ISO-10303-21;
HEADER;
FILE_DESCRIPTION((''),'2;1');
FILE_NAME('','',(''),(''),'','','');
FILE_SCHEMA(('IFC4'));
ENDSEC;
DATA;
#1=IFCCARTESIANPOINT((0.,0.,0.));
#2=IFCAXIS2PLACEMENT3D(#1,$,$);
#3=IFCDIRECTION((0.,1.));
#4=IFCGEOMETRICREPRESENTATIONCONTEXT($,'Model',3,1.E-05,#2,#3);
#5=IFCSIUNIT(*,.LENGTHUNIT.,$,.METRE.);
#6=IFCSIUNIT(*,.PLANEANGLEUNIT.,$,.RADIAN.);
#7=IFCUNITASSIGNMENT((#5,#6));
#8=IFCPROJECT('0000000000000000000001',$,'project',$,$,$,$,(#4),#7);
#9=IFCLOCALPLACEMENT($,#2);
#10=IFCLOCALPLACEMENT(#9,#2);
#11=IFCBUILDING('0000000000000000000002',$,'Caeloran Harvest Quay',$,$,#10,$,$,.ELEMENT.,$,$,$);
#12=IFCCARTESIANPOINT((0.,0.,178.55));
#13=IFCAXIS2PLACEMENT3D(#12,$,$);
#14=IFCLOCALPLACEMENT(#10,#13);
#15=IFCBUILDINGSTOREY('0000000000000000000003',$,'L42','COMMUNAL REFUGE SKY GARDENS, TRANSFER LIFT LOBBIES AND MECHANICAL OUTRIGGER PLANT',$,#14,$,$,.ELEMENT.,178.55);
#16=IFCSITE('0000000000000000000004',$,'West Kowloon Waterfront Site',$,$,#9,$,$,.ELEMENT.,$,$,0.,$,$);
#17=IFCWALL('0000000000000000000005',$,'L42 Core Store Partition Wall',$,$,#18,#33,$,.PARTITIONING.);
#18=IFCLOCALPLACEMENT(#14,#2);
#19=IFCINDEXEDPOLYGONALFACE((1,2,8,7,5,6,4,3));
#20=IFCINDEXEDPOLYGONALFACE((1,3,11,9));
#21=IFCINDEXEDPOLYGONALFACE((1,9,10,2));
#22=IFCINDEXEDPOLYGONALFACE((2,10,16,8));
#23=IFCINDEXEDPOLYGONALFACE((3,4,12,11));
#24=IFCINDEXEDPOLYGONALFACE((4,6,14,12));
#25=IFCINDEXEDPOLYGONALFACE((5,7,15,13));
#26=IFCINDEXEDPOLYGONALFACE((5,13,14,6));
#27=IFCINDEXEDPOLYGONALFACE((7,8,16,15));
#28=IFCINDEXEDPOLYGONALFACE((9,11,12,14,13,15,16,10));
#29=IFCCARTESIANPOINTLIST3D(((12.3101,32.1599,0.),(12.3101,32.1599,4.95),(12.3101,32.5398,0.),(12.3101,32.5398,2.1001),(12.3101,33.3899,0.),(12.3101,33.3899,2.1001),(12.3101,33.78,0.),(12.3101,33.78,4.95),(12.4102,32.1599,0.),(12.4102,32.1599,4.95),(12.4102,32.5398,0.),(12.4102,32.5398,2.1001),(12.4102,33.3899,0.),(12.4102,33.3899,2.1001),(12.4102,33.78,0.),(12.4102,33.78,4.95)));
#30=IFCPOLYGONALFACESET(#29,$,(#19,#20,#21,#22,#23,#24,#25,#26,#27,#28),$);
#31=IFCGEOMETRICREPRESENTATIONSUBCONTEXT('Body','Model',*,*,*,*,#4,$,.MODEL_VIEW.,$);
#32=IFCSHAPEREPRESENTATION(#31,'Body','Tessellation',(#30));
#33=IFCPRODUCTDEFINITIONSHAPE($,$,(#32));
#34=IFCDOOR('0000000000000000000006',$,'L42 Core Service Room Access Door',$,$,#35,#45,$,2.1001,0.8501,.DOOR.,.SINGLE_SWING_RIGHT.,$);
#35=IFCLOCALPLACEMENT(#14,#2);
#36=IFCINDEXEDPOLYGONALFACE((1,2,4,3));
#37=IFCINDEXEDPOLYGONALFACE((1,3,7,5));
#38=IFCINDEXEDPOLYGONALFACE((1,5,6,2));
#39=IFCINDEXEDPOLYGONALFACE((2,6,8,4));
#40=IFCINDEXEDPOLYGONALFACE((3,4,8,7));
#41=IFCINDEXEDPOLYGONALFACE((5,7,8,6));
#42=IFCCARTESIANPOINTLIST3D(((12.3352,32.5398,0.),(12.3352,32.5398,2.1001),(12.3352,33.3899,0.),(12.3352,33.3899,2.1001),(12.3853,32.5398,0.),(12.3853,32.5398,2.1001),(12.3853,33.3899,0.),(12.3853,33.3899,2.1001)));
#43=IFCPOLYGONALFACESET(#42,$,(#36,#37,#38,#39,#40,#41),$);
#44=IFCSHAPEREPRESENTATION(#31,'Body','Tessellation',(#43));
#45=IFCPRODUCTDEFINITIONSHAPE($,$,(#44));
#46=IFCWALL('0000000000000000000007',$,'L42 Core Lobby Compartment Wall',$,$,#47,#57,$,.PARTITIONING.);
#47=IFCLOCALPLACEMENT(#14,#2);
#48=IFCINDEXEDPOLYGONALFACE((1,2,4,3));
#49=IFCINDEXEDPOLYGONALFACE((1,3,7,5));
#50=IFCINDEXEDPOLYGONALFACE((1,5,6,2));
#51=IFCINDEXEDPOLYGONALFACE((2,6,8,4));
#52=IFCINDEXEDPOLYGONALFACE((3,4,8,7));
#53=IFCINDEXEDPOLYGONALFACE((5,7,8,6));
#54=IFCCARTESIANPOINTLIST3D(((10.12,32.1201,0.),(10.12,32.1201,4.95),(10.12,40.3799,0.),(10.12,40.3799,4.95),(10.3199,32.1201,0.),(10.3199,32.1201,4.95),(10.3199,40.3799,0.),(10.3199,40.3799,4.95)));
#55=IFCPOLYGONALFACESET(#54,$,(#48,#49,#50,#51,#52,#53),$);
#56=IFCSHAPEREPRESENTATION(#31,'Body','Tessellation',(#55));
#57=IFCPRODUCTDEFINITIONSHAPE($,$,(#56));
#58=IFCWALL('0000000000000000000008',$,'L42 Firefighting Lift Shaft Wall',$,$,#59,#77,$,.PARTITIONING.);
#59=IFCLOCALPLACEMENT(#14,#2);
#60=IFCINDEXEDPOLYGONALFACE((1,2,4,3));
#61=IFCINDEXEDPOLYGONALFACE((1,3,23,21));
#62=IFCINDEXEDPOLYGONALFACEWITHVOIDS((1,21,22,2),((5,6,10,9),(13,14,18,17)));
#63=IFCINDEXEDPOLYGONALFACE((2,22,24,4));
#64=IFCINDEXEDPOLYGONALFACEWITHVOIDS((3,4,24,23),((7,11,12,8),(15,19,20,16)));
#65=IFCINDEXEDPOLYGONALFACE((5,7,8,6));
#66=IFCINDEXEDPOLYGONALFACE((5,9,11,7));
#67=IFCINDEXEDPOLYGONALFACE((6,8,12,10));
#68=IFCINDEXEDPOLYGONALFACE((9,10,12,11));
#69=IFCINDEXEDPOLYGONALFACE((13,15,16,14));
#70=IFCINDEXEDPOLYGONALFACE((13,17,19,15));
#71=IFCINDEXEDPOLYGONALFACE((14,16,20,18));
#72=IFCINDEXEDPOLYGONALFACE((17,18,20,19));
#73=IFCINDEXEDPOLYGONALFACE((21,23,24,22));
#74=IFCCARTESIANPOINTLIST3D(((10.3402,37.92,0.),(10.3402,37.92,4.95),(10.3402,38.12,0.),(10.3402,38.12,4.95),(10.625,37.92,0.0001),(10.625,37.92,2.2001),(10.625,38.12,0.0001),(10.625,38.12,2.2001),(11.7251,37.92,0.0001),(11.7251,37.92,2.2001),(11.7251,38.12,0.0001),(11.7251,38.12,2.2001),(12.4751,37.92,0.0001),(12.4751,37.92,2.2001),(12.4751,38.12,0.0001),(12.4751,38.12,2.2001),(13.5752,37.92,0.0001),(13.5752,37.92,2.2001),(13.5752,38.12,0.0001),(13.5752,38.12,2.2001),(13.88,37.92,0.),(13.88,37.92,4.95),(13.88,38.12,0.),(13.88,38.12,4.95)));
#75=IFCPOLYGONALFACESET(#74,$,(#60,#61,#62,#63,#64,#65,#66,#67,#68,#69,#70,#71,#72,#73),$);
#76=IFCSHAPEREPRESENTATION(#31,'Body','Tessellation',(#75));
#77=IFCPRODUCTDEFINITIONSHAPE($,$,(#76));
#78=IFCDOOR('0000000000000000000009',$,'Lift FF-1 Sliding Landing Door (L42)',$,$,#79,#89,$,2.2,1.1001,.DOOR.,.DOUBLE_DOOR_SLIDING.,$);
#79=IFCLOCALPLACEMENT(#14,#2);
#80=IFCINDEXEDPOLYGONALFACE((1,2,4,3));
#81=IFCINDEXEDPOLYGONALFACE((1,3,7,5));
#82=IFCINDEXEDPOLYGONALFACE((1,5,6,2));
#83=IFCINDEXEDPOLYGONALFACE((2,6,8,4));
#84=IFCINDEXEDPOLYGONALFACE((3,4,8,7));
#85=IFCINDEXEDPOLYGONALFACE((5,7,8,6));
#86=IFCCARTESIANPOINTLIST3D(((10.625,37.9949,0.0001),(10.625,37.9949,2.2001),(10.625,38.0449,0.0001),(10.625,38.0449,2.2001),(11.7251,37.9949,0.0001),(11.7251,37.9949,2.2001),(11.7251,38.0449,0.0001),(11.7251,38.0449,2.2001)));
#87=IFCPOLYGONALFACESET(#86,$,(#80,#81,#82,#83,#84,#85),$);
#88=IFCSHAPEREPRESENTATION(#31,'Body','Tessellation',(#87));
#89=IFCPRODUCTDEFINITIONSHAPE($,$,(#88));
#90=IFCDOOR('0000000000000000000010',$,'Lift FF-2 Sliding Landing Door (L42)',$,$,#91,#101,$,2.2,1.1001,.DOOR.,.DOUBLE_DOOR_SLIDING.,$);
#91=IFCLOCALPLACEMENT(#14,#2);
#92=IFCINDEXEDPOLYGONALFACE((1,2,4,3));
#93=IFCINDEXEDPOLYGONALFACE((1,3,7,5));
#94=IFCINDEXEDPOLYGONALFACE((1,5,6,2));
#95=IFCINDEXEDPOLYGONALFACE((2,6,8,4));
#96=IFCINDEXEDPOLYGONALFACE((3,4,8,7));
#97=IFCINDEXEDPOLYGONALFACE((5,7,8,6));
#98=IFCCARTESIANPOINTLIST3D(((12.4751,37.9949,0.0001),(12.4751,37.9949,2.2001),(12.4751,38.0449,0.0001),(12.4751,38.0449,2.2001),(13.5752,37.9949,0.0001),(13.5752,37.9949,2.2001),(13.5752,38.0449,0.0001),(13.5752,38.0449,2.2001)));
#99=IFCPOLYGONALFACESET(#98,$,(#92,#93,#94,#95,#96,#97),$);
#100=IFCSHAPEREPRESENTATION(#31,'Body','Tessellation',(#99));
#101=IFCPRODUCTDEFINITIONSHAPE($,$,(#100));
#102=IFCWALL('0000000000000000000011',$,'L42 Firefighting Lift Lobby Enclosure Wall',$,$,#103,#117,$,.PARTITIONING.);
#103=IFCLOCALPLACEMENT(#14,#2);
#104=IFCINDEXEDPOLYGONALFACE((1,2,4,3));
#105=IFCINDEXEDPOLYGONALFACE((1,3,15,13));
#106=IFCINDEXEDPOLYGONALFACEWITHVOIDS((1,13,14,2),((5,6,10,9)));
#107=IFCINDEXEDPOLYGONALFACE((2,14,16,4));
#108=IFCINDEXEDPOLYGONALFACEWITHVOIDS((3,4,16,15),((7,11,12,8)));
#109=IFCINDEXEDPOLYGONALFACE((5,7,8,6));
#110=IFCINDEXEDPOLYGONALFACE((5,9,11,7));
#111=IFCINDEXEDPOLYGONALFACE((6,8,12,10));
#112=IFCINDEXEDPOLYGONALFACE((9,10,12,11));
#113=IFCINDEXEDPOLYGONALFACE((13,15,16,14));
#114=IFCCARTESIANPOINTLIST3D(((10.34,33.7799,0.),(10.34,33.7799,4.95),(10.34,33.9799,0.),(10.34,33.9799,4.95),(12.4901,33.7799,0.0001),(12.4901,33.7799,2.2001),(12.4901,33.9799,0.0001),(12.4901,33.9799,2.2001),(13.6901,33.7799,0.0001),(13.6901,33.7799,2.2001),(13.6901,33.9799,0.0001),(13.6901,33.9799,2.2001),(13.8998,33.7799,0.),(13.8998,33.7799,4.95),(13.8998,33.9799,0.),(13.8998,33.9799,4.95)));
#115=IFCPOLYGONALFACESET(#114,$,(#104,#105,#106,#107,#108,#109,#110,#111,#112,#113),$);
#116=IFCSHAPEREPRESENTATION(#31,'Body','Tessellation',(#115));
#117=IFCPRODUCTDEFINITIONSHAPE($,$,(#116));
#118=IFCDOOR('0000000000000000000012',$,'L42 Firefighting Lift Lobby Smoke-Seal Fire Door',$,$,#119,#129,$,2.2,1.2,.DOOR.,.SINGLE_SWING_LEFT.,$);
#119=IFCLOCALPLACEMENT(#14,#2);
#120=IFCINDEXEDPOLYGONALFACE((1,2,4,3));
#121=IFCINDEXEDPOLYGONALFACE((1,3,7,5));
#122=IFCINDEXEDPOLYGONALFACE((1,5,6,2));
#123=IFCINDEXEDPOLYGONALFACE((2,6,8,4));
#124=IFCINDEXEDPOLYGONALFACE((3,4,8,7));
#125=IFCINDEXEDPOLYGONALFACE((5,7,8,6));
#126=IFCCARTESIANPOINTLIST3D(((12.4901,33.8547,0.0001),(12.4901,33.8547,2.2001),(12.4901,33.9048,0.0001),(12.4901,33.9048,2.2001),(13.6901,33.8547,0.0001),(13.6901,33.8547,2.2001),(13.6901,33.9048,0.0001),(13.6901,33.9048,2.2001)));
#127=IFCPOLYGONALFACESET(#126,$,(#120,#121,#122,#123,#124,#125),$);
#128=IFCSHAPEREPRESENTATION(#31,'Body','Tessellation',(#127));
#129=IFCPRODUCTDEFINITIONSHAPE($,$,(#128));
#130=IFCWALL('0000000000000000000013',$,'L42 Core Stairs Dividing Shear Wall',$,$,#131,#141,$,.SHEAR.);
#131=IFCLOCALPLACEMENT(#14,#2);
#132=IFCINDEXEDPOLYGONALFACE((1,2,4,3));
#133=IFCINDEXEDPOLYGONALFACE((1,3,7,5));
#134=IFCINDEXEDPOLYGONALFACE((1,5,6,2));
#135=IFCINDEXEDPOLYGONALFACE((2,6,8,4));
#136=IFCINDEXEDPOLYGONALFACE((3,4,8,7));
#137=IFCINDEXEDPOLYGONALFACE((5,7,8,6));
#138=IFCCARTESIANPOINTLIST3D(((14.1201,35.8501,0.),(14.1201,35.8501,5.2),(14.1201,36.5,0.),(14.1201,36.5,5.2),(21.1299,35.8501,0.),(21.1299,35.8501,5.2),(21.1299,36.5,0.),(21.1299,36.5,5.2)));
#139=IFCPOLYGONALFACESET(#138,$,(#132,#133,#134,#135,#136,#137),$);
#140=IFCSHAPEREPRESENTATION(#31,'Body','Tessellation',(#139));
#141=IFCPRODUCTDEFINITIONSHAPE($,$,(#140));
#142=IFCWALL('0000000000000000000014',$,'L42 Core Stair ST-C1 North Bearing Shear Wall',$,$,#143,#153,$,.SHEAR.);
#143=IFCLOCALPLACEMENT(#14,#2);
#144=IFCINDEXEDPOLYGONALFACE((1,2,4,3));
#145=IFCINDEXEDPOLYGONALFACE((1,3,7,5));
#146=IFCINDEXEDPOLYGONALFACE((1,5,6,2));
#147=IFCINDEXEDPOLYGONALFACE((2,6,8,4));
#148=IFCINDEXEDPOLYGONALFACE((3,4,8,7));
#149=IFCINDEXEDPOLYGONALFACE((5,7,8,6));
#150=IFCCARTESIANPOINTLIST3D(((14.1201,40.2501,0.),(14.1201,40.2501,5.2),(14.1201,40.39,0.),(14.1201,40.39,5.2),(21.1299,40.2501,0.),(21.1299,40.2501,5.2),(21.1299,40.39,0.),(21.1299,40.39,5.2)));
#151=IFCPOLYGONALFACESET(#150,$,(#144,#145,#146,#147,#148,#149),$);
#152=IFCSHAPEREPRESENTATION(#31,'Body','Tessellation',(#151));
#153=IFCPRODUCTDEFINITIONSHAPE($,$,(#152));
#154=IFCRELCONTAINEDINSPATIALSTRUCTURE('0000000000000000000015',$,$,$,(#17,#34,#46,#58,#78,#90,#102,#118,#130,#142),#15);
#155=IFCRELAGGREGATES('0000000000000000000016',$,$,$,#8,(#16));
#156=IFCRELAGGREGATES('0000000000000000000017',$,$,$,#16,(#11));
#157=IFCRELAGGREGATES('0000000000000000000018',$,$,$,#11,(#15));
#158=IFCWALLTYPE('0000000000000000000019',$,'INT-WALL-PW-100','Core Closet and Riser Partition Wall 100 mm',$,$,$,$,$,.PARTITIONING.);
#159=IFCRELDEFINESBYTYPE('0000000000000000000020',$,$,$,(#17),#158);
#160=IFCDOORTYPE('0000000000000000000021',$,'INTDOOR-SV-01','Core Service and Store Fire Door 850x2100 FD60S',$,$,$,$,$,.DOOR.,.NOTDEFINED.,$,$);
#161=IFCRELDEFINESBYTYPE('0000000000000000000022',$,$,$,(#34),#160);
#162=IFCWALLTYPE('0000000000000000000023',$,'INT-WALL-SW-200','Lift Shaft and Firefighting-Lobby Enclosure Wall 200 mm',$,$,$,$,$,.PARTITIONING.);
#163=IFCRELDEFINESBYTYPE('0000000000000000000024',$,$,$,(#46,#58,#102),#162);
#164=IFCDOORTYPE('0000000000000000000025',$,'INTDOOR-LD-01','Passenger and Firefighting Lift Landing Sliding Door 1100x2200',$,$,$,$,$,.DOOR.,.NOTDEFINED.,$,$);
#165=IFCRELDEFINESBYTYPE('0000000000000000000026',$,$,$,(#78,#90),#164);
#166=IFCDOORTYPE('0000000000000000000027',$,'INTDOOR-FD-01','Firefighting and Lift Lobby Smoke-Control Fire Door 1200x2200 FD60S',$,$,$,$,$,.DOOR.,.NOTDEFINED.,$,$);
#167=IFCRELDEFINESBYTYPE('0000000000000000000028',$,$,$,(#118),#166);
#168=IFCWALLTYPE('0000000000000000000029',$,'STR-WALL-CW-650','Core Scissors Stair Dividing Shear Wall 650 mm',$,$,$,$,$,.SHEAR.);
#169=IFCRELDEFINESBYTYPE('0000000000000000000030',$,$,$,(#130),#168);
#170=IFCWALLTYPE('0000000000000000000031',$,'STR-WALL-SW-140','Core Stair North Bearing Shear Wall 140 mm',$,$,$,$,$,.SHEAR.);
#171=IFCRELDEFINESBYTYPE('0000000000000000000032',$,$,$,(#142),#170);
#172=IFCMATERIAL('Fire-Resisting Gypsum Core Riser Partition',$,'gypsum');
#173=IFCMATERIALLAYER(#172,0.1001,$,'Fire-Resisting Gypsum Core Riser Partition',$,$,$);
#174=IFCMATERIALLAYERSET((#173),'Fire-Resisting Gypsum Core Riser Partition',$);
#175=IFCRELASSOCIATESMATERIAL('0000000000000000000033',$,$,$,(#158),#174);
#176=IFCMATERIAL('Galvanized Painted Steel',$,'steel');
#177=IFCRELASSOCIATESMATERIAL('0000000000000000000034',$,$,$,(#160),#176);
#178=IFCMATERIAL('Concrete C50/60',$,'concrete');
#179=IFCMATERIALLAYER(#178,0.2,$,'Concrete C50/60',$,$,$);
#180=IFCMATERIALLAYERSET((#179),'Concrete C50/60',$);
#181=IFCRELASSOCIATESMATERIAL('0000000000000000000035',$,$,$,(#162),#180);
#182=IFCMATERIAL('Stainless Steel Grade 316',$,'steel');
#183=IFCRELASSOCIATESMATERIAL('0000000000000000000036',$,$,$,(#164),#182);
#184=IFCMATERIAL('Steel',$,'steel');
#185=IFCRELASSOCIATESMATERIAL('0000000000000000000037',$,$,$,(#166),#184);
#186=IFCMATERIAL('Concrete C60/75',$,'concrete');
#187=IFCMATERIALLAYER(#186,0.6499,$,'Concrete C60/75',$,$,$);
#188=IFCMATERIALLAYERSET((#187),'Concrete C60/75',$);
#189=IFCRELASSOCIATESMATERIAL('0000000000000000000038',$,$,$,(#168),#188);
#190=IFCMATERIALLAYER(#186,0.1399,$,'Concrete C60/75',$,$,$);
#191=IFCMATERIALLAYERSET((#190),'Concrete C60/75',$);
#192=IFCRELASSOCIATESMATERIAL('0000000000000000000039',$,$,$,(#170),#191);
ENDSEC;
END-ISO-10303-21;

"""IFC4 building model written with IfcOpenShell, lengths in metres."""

from ifc_helpers import new_model, si_unit, direction, frame, frame_2d, origin, place, context, subcontext, project, spatial, rectangle, extrude, material, layer, layer_set, type_object, element, fill, save


model = new_model("IFC4")

# Units and contexts
model_context = context("Model", 3, precision=1e-05, world=origin(), true_north=direction((0.0, 1.0)))
body_context = subcontext(model_context, "Body", "Model", "MODEL_VIEW")
ifc_project = project(units=[si_unit("LENGTHUNIT", "METRE"), si_unit("PLANEANGLEUNIT", "RADIAN")], contexts=[model_context])

# Site, building, storey
site_placement = place(None, origin())
site = spatial("IfcSite", under=ifc_project, at=site_placement, Name="West Kowloon Waterfront Site", CompositionType="ELEMENT", RefElevation=0.0)
building_placement = place(site_placement, origin())
building = spatial("IfcBuilding", under=site, at=building_placement, Name="Caeloran Harvest Quay", CompositionType="ELEMENT")
storey_placement = place(building_placement, frame((0.0, 0.0, 178.55)))
storey = spatial("IfcBuildingStorey", under=building, at=storey_placement, Name="L42", Description="COMMUNAL REFUGE SKY GARDENS, TRANSFER LIFT LOBBIES AND MECHANICAL OUTRIGGER PLANT", CompositionType="ELEMENT", Elevation=178.55)

# Shared definitions
ifc_material_1 = material(Name="Concrete C60/75", Category="concrete")

# Wall, opening, door
ifc_material_2 = material(Name="Fire-Resisting Gypsum Core Riser Partition", Category="gypsum")
ifc_layer_1 = layer(ifc_material_2, 0.1001, Name="Fire-Resisting Gypsum Core Riser Partition")
ifc_layer_set_1 = layer_set([ifc_layer_1], Name="Fire-Resisting Gypsum Core Riser Partition")
wall_type_1 = type_object("IfcWallType", Name="INT-WALL-PW-100", Description="Core Closet and Riser Partition Wall 100 mm", PredefinedType="PARTITIONING", material=ifc_layer_set_1)
wall_1_placement = place(storey_placement, frame((12.3601, 32.1599, 0.0), z_axis=(0.0, 0.0, 1.0), x_axis=(0.0, 1.0, 0.0)))
wall_1 = element("IfcWall", 1, at=wall_1_placement, inside=storey, type_object=wall_type_1, Name="L42 Core Store Partition Wall", PredefinedType="PARTITIONING", context=body_context, shape_type="SweptSolid", body=[
    extrude(rectangle(XDim=1.6201, YDim=0.1001, at=frame_2d((0.8101, 0.0))), origin(), (0.0, 0.0, 1.0), 4.95),
])
opening_1_placement = place(wall_1_placement, frame((0.3799, 0.0, 0.0)))
opening_1 = element("IfcOpeningElement", 2, at=opening_1_placement, cuts=wall_1, PredefinedType="OPENING", context=body_context, shape_type="SweptSolid", body=[
    extrude(rectangle(XDim=0.8501, YDim=2.1001, at=frame_2d((0.425, 1.05))), frame((0.0, 0.0601, 0.0), z_axis=(0.0, -1.0, 0.0), x_axis=(1.0, 0.0, 0.0)), (0.0, 0.0, 1.0), 0.1201),
])
ifc_material_3 = material(Name="Galvanized Painted Steel", Category="steel")
door_type_1 = type_object("IfcDoorType", Name="INTDOOR-SV-01", Description="Core Service and Store Fire Door 850x2100 FD60S", OperationType="NOTDEFINED", PredefinedType="DOOR", material=ifc_material_3)
door_1_placement = place(opening_1_placement, origin())
door_1 = element("IfcDoor", 3, at=door_1_placement, inside=storey, type_object=door_type_1, Name="L42 Core Service Room Access Door", OperationType="SINGLE_SWING_RIGHT", OverallHeight=2.1001, OverallWidth=0.8501, PredefinedType="DOOR", context=body_context, shape_type="SweptSolid", body=[
    extrude(rectangle(XDim=0.8501, YDim=2.1001, at=frame_2d((0.425, 1.05))), frame((0.0, 0.0249, 0.0), z_axis=(0.0, -1.0, 0.0), x_axis=(1.0, 0.0, 0.0)), (0.0, 0.0, 1.0), 0.05),
])
fill(opening_1, door_1)

# Wall
ifc_material_4 = material(Name="Concrete C50/60", Category="concrete")
ifc_layer_2 = layer(ifc_material_4, 0.2, Name="Concrete C50/60")
ifc_layer_set_2 = layer_set([ifc_layer_2], Name="Concrete C50/60")
wall_type_2 = type_object("IfcWallType", Name="INT-WALL-SW-200", Description="Lift Shaft and Firefighting-Lobby Enclosure Wall 200 mm", PredefinedType="PARTITIONING", material=ifc_layer_set_2)
wall_2_placement = place(storey_placement, frame((10.22, 32.1201, 0.0), z_axis=(0.0, 0.0, 1.0), x_axis=(0.0, 1.0, 0.0)))
element("IfcWall", 4, at=wall_2_placement, inside=storey, type_object=wall_type_2, Name="L42 Core Lobby Compartment Wall", PredefinedType="PARTITIONING", context=body_context, shape_type="SweptSolid", body=[
    extrude(rectangle(XDim=8.2598, YDim=0.2, at=frame_2d((4.1299, 0.0))), origin(), (0.0, 0.0, 1.0), 4.95),
])

# Wall, openings, doors
wall_3_placement = place(storey_placement, frame((10.3401, 38.02, 0.0), z_axis=(0.0, 0.0, 1.0), x_axis=(1.0, 0.0, 0.0)))
wall_3 = element("IfcWall", 5, at=wall_3_placement, inside=storey, type_object=wall_type_2, Name="L42 Firefighting Lift Shaft Wall", PredefinedType="PARTITIONING", context=body_context, shape_type="SweptSolid", body=[
    extrude(rectangle(XDim=3.5398, YDim=0.2, at=frame_2d((1.77, 0.0))), origin(), (0.0, 0.0, 1.0), 4.95),
])
opening_2_placement = place(wall_3_placement, frame((0.2849, 0.0, 0.0)))
opening_2 = element("IfcOpeningElement", 6, at=opening_2_placement, cuts=wall_3, PredefinedType="OPENING", context=body_context, shape_type="SweptSolid", body=[
    extrude(rectangle(XDim=1.1001, YDim=2.2, at=frame_2d((0.55, 1.1001))), frame((0.0, 0.1099, 0.0), z_axis=(0.0, -1.0, 0.0), x_axis=(1.0, 0.0, 0.0)), (0.0, 0.0, 1.0), 0.22),
])
opening_3_placement = place(wall_3_placement, frame((2.135, 0.0, 0.0)))
opening_3 = element("IfcOpeningElement", 7, at=opening_3_placement, cuts=wall_3, PredefinedType="OPENING", context=body_context, shape_type="SweptSolid", body=[
    extrude(rectangle(XDim=1.1001, YDim=2.2, at=frame_2d((0.55, 1.1001))), frame((0.0, 0.1099, 0.0), z_axis=(0.0, -1.0, 0.0), x_axis=(1.0, 0.0, 0.0)), (0.0, 0.0, 1.0), 0.22),
])
ifc_material_5 = material(Name="Stainless Steel Grade 316", Category="steel")
door_type_2 = type_object("IfcDoorType", Name="INTDOOR-LD-01", Description="Passenger and Firefighting Lift Landing Sliding Door 1100x2200", OperationType="NOTDEFINED", PredefinedType="DOOR", material=ifc_material_5)
door_2_placement = place(opening_2_placement, origin())
door_2 = element("IfcDoor", 8, at=door_2_placement, inside=storey, type_object=door_type_2, Name="Lift FF-1 Sliding Landing Door (L42)", OperationType="DOUBLE_DOOR_SLIDING", OverallHeight=2.2, OverallWidth=1.1001, PredefinedType="DOOR", context=body_context, shape_type="SweptSolid", body=[
    extrude(rectangle(XDim=1.1001, YDim=2.2, at=frame_2d((0.55, 1.1001))), frame((0.0, 0.0249, 0.0), z_axis=(0.0, -1.0, 0.0), x_axis=(1.0, 0.0, 0.0)), (0.0, 0.0, 1.0), 0.05),
])
fill(opening_2, door_2)
door_3_placement = place(opening_3_placement, origin())
door_3 = element("IfcDoor", 9, at=door_3_placement, inside=storey, type_object=door_type_2, Name="Lift FF-2 Sliding Landing Door (L42)", OperationType="DOUBLE_DOOR_SLIDING", OverallHeight=2.2, OverallWidth=1.1001, PredefinedType="DOOR", context=body_context, shape_type="SweptSolid", body=[
    extrude(rectangle(XDim=1.1001, YDim=2.2, at=frame_2d((0.55, 1.1001))), frame((0.0, 0.0249, 0.0), z_axis=(0.0, -1.0, 0.0), x_axis=(1.0, 0.0, 0.0)), (0.0, 0.0, 1.0), 0.05),
])
fill(opening_3, door_3)

# Wall, opening, door
wall_4_placement = place(storey_placement, frame((10.3401, 33.8799, 0.0), z_axis=(0.0, 0.0, 1.0), x_axis=(1.0, 0.0, 0.0)))
wall_4 = element("IfcWall", 10, at=wall_4_placement, inside=storey, type_object=wall_type_2, Name="L42 Firefighting Lift Lobby Enclosure Wall", PredefinedType="PARTITIONING", context=body_context, shape_type="SweptSolid", body=[
    extrude(rectangle(XDim=3.5598, YDim=0.2, at=frame_2d((1.7798, 0.0))), origin(), (0.0, 0.0, 1.0), 4.95),
])
opening_4_placement = place(wall_4_placement, frame((2.1499, 0.0, 0.0)))
opening_4 = element("IfcOpeningElement", 11, at=opening_4_placement, cuts=wall_4, PredefinedType="OPENING", context=body_context, shape_type="SweptSolid", body=[
    extrude(rectangle(XDim=1.2, YDim=2.2, at=frame_2d((0.6001, 1.1001))), frame((0.0, 0.1099, 0.0), z_axis=(0.0, -1.0, 0.0), x_axis=(1.0, 0.0, 0.0)), (0.0, 0.0, 1.0), 0.22),
])
ifc_material_6 = material(Name="Steel", Category="steel")
door_type_3 = type_object("IfcDoorType", Name="INTDOOR-FD-01", Description="Firefighting and Lift Lobby Smoke-Control Fire Door 1200x2200 FD60S", OperationType="NOTDEFINED", PredefinedType="DOOR", material=ifc_material_6)
door_4_placement = place(opening_4_placement, origin())
door_4 = element("IfcDoor", 12, at=door_4_placement, inside=storey, type_object=door_type_3, Name="L42 Firefighting Lift Lobby Smoke-Seal Fire Door", OperationType="SINGLE_SWING_LEFT", OverallHeight=2.2, OverallWidth=1.2, PredefinedType="DOOR", context=body_context, shape_type="SweptSolid", body=[
    extrude(rectangle(XDim=1.2, YDim=2.2, at=frame_2d((0.6001, 1.1001))), frame((0.0, 0.0249, 0.0), z_axis=(0.0, -1.0, 0.0), x_axis=(1.0, 0.0, 0.0)), (0.0, 0.0, 1.0), 0.05),
])
fill(opening_4, door_4)

# Walls
ifc_layer_3 = layer(ifc_material_1, 0.6499, Name="Concrete C60/75")
ifc_layer_set_3 = layer_set([ifc_layer_3], Name="Concrete C60/75")
wall_type_3 = type_object("IfcWallType", Name="STR-WALL-CW-650", Description="Core Scissors Stair Dividing Shear Wall 650 mm", PredefinedType="SHEAR", material=ifc_layer_set_3)
wall_5_placement = place(storey_placement, frame((14.1201, 36.175, 0.0), z_axis=(0.0, 0.0, 1.0), x_axis=(1.0, 0.0, 0.0)))
element("IfcWall", 13, at=wall_5_placement, inside=storey, type_object=wall_type_3, Name="L42 Core Stairs Dividing Shear Wall", PredefinedType="SHEAR", context=body_context, shape_type="SweptSolid", body=[
    extrude(rectangle(XDim=7.0098, YDim=0.6499, at=frame_2d((3.5049, 0.0))), origin(), (0.0, 0.0, 1.0), 5.2),
])
ifc_layer_4 = layer(ifc_material_1, 0.1399, Name="Concrete C60/75")
ifc_layer_set_4 = layer_set([ifc_layer_4], Name="Concrete C60/75")
wall_type_4 = type_object("IfcWallType", Name="STR-WALL-SW-140", Description="Core Stair North Bearing Shear Wall 140 mm", PredefinedType="SHEAR", material=ifc_layer_set_4)
wall_6_placement = place(storey_placement, frame((14.1201, 40.3201, 0.0), z_axis=(0.0, 0.0, 1.0), x_axis=(1.0, 0.0, 0.0)))
element("IfcWall", 14, at=wall_6_placement, inside=storey, type_object=wall_type_4, Name="L42 Core Stair ST-C1 North Bearing Shear Wall", PredefinedType="SHEAR", context=body_context, shape_type="SweptSolid", body=[
    extrude(rectangle(XDim=7.0098, YDim=0.1399, at=frame_2d((3.5049, 0.0))), origin(), (0.0, 0.0, 1.0), 5.2),
])

save(model, "model.ifc")
